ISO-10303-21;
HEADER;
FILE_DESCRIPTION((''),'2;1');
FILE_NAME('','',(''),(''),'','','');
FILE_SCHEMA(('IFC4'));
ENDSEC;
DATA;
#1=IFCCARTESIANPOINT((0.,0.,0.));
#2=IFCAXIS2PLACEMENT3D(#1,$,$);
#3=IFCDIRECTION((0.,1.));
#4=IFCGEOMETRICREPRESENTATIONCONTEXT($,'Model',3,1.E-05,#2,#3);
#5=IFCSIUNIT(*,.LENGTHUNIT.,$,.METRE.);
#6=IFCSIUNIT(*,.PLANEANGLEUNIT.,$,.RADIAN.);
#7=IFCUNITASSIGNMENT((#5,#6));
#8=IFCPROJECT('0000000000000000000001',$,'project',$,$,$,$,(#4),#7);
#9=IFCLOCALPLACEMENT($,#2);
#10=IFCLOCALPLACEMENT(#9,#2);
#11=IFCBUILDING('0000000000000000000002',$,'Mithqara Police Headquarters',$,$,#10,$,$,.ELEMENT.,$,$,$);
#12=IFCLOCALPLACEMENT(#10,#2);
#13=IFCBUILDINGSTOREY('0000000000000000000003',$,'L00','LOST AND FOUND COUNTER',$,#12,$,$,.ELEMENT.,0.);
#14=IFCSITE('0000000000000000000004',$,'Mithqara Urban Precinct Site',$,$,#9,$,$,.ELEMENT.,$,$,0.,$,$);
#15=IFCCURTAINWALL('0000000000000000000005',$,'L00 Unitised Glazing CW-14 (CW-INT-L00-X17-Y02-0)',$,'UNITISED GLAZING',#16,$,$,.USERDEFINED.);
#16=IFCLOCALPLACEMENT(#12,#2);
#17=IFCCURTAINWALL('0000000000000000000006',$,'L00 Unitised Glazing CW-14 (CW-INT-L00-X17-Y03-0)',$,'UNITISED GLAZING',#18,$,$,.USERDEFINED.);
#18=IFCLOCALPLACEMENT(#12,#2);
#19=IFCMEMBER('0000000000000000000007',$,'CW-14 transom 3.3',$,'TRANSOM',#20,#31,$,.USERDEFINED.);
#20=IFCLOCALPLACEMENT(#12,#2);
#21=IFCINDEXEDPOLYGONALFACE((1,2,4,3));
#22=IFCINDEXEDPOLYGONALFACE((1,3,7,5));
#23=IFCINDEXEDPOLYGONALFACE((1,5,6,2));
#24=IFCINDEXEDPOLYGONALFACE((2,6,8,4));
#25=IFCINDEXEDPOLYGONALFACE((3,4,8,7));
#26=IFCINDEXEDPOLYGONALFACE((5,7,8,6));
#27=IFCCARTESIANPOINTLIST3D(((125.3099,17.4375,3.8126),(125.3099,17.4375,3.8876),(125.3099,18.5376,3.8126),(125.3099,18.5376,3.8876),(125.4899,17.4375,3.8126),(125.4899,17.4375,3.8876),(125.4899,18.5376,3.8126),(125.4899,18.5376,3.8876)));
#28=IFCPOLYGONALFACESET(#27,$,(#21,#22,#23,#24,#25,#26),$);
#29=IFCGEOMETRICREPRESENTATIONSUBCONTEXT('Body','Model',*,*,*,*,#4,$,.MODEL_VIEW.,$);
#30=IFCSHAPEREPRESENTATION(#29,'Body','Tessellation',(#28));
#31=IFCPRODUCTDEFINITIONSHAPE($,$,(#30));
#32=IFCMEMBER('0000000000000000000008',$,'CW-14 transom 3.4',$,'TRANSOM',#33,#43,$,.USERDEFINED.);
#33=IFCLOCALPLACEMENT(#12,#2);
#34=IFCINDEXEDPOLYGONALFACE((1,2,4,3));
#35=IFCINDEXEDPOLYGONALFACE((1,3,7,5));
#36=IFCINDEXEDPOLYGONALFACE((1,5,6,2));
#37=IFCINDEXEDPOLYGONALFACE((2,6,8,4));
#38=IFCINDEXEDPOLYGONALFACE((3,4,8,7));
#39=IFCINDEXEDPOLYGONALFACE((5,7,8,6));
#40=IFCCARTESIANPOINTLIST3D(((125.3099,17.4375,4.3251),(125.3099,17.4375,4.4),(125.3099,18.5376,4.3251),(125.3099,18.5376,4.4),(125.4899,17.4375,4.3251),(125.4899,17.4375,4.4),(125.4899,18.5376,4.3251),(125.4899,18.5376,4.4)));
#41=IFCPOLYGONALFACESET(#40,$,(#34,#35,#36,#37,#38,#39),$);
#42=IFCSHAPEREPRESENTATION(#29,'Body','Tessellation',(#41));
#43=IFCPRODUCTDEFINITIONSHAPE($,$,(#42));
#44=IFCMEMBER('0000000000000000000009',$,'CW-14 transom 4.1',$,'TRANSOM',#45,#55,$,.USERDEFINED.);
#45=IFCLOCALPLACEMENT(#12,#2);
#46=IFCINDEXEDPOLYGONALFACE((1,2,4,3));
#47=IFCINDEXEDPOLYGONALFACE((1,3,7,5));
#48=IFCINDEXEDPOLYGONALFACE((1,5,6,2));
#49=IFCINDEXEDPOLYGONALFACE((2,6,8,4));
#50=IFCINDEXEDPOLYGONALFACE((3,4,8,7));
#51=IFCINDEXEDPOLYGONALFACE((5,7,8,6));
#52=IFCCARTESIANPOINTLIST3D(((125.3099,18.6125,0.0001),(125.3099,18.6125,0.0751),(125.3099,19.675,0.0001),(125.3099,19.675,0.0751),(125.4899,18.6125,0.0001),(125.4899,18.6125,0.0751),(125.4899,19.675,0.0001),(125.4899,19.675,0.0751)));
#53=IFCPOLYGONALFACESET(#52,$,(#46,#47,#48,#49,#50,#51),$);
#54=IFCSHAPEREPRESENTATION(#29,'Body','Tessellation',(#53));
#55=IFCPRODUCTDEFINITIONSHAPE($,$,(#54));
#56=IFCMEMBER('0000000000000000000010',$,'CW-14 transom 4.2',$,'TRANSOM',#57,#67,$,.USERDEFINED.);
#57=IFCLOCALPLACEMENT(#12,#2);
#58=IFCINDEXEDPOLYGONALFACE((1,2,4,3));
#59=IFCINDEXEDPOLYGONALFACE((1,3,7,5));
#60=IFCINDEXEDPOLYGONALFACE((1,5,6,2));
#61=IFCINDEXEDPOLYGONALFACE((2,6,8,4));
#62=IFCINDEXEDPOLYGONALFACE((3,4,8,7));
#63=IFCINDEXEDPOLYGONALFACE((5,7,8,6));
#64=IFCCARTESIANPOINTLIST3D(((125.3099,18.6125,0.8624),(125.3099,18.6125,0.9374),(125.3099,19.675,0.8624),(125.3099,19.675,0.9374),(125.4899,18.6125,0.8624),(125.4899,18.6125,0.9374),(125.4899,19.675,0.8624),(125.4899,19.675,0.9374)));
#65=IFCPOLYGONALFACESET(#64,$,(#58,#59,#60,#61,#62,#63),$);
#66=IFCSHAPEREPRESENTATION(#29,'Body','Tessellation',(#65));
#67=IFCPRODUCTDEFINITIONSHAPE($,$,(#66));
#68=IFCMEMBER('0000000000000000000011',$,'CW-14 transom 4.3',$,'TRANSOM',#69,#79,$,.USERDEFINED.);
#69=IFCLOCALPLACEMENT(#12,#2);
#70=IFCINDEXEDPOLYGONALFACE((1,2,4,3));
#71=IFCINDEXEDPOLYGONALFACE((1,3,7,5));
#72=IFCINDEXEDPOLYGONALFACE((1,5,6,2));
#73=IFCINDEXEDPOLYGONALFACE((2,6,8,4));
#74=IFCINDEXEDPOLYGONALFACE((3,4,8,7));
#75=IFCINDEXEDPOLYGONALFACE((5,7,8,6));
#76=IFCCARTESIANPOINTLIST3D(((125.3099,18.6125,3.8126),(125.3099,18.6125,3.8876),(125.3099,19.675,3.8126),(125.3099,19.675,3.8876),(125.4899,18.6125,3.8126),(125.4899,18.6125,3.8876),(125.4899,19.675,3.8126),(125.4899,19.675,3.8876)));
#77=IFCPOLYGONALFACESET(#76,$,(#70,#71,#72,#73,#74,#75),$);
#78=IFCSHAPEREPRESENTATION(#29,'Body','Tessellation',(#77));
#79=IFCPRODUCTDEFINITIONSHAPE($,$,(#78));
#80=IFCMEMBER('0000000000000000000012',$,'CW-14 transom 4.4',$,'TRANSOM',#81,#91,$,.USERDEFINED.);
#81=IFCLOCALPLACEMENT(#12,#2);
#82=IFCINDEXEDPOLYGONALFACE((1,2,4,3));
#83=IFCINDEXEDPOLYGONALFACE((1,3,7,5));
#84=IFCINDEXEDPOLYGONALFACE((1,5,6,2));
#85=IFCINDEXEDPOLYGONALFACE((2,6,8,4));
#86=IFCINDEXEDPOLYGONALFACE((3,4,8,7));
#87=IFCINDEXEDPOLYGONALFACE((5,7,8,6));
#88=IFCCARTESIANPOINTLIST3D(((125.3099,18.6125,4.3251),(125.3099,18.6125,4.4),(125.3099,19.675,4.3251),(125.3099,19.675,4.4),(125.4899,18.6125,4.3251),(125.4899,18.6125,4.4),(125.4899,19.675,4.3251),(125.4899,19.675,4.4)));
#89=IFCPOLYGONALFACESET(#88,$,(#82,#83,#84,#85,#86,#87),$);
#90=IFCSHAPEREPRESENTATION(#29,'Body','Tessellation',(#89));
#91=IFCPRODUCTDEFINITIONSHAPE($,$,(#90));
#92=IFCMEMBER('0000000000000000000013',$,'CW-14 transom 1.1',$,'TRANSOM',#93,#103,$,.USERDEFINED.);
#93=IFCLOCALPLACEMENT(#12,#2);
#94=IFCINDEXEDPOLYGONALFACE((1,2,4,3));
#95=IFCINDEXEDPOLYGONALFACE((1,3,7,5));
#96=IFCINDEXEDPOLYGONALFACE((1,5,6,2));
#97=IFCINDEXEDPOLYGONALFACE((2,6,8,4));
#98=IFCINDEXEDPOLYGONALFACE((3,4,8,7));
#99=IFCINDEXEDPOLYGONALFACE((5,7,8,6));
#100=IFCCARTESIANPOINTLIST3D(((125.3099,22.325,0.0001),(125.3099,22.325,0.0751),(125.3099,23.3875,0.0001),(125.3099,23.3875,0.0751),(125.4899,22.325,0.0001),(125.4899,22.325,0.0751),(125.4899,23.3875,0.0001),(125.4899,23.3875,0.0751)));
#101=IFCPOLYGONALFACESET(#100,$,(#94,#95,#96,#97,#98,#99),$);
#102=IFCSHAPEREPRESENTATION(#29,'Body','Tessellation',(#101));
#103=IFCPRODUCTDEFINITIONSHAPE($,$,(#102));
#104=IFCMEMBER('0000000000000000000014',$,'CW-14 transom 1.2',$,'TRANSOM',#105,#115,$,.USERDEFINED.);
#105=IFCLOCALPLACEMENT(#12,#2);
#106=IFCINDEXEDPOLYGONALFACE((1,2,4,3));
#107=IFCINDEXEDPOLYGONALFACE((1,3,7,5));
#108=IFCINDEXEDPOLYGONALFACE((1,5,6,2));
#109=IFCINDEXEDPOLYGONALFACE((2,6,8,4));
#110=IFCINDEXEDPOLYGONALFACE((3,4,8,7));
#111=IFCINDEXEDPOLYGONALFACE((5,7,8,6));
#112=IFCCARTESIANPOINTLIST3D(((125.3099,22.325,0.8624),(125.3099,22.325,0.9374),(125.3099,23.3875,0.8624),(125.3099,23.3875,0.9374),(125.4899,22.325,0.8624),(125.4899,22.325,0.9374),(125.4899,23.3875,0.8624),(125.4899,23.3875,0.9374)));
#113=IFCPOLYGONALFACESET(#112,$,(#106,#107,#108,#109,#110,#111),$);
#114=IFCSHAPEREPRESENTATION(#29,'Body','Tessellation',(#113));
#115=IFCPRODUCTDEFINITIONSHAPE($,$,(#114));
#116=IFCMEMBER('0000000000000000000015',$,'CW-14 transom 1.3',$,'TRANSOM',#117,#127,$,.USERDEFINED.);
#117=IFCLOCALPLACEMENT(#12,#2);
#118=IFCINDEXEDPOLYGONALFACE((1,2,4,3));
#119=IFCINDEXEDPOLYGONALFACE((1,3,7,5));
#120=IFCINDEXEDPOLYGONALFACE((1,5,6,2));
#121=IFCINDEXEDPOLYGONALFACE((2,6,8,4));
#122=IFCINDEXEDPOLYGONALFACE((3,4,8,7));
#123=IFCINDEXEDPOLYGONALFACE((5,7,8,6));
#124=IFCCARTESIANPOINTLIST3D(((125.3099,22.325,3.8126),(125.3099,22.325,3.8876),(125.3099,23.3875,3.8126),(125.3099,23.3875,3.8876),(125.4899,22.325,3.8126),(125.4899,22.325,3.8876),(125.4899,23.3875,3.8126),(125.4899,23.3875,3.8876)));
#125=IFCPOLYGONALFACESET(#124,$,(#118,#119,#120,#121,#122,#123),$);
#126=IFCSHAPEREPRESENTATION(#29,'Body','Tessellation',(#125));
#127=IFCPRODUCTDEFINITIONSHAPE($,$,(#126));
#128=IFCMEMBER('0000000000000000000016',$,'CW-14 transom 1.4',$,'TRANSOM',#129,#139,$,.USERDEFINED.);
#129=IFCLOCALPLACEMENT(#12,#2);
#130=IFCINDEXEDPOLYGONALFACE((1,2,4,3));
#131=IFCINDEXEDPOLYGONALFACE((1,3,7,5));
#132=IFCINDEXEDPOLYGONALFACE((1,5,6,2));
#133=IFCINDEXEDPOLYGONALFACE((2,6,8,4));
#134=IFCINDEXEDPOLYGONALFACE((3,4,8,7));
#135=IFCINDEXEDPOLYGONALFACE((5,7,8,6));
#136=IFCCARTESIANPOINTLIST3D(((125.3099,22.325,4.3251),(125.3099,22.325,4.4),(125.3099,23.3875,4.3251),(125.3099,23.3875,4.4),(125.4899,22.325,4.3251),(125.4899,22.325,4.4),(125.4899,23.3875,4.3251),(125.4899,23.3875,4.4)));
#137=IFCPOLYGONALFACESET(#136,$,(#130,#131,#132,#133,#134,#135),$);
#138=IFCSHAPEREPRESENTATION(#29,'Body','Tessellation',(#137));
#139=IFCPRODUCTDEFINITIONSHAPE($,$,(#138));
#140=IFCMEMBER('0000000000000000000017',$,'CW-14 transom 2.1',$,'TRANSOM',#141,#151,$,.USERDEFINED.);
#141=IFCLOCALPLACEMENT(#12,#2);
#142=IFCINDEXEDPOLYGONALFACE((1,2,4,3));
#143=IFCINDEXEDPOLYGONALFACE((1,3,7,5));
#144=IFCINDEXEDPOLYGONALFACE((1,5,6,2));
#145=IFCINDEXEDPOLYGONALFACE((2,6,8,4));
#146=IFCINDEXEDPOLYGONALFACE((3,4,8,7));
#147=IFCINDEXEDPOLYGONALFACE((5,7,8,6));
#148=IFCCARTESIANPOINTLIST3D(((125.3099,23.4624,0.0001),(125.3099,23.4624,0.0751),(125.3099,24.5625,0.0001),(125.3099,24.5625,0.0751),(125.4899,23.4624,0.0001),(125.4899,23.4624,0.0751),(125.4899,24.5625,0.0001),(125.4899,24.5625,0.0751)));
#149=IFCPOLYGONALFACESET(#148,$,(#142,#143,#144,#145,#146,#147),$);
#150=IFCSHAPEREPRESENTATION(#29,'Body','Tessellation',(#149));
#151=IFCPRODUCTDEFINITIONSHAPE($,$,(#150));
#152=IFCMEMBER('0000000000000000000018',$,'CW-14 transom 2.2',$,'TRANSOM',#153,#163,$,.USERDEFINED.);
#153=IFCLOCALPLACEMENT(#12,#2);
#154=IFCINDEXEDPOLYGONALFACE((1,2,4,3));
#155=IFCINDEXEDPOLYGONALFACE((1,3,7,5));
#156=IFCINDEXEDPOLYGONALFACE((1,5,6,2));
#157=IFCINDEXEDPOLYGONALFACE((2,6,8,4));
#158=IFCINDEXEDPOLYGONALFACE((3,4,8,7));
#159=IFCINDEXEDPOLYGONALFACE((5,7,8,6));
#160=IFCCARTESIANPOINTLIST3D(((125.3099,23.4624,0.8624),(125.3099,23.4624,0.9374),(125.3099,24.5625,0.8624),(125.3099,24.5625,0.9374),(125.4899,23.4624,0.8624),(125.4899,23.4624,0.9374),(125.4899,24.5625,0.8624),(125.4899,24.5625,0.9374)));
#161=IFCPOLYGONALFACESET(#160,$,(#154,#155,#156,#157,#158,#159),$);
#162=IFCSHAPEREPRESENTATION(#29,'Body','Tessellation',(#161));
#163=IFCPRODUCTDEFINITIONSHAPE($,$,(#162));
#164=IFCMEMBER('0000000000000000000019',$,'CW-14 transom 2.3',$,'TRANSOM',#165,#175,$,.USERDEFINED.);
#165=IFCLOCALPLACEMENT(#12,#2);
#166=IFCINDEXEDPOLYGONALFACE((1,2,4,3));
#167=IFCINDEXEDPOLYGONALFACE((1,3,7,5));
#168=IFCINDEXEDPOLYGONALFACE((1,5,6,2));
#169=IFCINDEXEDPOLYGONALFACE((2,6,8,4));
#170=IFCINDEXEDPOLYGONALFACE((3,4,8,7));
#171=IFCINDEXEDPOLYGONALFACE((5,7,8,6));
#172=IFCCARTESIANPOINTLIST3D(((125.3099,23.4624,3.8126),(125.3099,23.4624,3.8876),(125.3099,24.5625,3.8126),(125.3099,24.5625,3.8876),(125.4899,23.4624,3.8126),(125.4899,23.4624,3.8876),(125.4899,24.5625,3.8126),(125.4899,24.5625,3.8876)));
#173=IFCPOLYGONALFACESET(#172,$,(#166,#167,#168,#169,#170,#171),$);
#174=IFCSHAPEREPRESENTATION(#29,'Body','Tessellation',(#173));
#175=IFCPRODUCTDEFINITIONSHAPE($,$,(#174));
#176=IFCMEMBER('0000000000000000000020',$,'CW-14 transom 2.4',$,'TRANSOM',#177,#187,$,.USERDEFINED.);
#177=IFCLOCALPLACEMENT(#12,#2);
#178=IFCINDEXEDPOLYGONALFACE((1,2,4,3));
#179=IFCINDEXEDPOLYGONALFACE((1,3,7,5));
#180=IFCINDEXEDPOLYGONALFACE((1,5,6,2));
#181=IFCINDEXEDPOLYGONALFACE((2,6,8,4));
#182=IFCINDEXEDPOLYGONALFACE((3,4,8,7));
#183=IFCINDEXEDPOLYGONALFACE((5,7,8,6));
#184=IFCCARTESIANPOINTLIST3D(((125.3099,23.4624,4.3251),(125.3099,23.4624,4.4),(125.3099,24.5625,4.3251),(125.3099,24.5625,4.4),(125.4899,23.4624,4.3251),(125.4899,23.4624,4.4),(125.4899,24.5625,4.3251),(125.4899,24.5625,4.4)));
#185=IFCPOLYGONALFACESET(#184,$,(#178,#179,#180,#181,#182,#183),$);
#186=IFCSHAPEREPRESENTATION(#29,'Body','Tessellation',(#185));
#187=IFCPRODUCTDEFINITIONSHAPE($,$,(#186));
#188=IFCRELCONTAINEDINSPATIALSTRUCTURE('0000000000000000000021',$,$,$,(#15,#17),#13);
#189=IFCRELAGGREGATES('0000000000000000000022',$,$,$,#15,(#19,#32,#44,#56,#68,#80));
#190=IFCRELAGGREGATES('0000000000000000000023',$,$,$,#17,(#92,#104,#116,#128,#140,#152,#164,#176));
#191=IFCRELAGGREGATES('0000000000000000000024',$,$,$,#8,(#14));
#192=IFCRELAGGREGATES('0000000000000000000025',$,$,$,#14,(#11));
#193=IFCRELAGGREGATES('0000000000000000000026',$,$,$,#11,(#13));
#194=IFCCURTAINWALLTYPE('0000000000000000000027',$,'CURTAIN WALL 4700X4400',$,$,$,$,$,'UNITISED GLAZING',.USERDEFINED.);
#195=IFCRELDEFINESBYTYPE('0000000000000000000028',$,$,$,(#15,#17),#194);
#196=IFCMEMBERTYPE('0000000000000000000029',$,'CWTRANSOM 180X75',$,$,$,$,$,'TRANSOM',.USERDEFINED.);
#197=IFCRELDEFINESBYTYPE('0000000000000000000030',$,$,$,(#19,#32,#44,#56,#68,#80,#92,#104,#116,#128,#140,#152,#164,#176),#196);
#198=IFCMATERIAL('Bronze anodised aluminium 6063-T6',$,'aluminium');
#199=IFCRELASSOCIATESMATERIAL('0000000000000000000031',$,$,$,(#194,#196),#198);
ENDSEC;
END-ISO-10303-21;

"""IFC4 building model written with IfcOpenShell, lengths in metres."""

from ifc_helpers import new_model, si_unit, direction, frame, origin, origin_2d, place, context, subcontext, project, spatial, rectangle, extrude, material, material_profile, profile_set, type_object, element, aggregate, save


model = new_model("IFC4")

# Units and contexts
model_context = context("Model", 3, precision=1e-05, world=origin(), true_north=direction((0.0, 1.0)))
body_context = subcontext(model_context, "Body", "Model", "MODEL_VIEW")
ifc_project = project(units=[si_unit("LENGTHUNIT", "METRE"), si_unit("PLANEANGLEUNIT", "RADIAN")], contexts=[model_context])

# Site, building, storey
site_placement = place(None, origin())
site = spatial("IfcSite", under=ifc_project, at=site_placement, Name="Mithqara Urban Precinct Site", CompositionType="ELEMENT", RefElevation=0.0)
building_placement = place(site_placement, origin())
building = spatial("IfcBuilding", under=site, at=building_placement, Name="Mithqara Police Headquarters", CompositionType="ELEMENT")
storey_placement = place(building_placement, origin())
storey = spatial("IfcBuildingStorey", under=building, at=storey_placement, Name="L00", Description="LOST AND FOUND COUNTER", CompositionType="ELEMENT", Elevation=0.0)

# Curtain walls
ifc_material_1 = material(Name="Bronze anodised aluminium 6063-T6", Category="aluminium")
curtain_wall_type = type_object("IfcCurtainWallType", Name="CURTAIN WALL 4700X4400", ElementType="UNITISED GLAZING", PredefinedType="USERDEFINED", material=ifc_material_1)
curtain_wall_1_placement = place(storey_placement, origin())
curtain_wall_1 = element("IfcCurtainWall", 1, at=curtain_wall_1_placement, inside=storey, type_object=curtain_wall_type, Name="L00 Unitised Glazing CW-14 (CW-INT-L00-X17-Y02-0)", ObjectType="UNITISED GLAZING", PredefinedType="USERDEFINED")
curtain_wall_2_placement = place(storey_placement, origin())
curtain_wall_2 = element("IfcCurtainWall", 2, at=curtain_wall_2_placement, inside=storey, type_object=curtain_wall_type, Name="L00 Unitised Glazing CW-14 (CW-INT-L00-X17-Y03-0)", ObjectType="UNITISED GLAZING", PredefinedType="USERDEFINED")

# Members
ifc_material_profile_1 = material_profile(ifc_material_1, rectangle(XDim=0.1799, YDim=0.075, at=origin_2d()), Name="CWT 180x75")
ifc_profile_set_1 = profile_set([ifc_material_profile_1], Name="Bronze anodised aluminium 6063-T6")
member_type_1 = type_object("IfcMemberType", Name="CWTRANSOM 180X75", ElementType="TRANSOM", PredefinedType="USERDEFINED", material=ifc_profile_set_1)
member_1_placement = place(storey_placement, frame((125.3999, 17.4375, 3.8501), z_axis=(0.0, 1.0, 0.0), x_axis=(-1.0, 0.0, 0.0)))
member_1 = element("IfcMember", 3, at=member_1_placement, type_object=member_type_1, Name="CW-14 transom 3.3", ObjectType="TRANSOM", PredefinedType="USERDEFINED", context=body_context, shape_type="SweptSolid", body=[
    extrude(rectangle(XDim=0.1799, YDim=0.075, at=origin_2d()), origin(), (0.0, 0.0, 1.0), 1.1001),
])
member_2_placement = place(storey_placement, frame((125.3999, 17.4375, 4.3625), z_axis=(0.0, 1.0, 0.0), x_axis=(-1.0, 0.0, 0.0)))
member_2 = element("IfcMember", 4, at=member_2_placement, type_object=member_type_1, Name="CW-14 transom 3.4", ObjectType="TRANSOM", PredefinedType="USERDEFINED", context=body_context, shape_type="SweptSolid", body=[
    extrude(rectangle(XDim=0.1799, YDim=0.075, at=origin_2d()), origin(), (0.0, 0.0, 1.0), 1.1001),
])
member_3_placement = place(storey_placement, frame((125.3999, 18.6125, 0.0376), z_axis=(0.0, 1.0, 0.0), x_axis=(-1.0, 0.0, 0.0)))
member_3 = element("IfcMember", 5, at=member_3_placement, type_object=member_type_1, Name="CW-14 transom 4.1", ObjectType="TRANSOM", PredefinedType="USERDEFINED", context=body_context, shape_type="SweptSolid", body=[
    extrude(rectangle(XDim=0.1799, YDim=0.075, at=origin_2d()), origin(), (0.0, 0.0, 1.0), 1.0625),
])
member_4_placement = place(storey_placement, frame((125.3999, 18.6125, 0.8999), z_axis=(0.0, 1.0, 0.0), x_axis=(-1.0, 0.0, 0.0)))
member_4 = element("IfcMember", 6, at=member_4_placement, type_object=member_type_1, Name="CW-14 transom 4.2", ObjectType="TRANSOM", PredefinedType="USERDEFINED", context=body_context, shape_type="SweptSolid", body=[
    extrude(rectangle(XDim=0.1799, YDim=0.075, at=origin_2d()), origin(), (0.0, 0.0, 1.0), 1.0625),
])
member_5_placement = place(storey_placement, frame((125.3999, 18.6125, 3.8501), z_axis=(0.0, 1.0, 0.0), x_axis=(-1.0, 0.0, 0.0)))
member_5 = element("IfcMember", 7, at=member_5_placement, type_object=member_type_1, Name="CW-14 transom 4.3", ObjectType="TRANSOM", PredefinedType="USERDEFINED", context=body_context, shape_type="SweptSolid", body=[
    extrude(rectangle(XDim=0.1799, YDim=0.075, at=origin_2d()), origin(), (0.0, 0.0, 1.0), 1.0625),
])
member_6_placement = place(storey_placement, frame((125.3999, 18.6125, 4.3625), z_axis=(0.0, 1.0, 0.0), x_axis=(-1.0, 0.0, 0.0)))
member_6 = element("IfcMember", 8, at=member_6_placement, type_object=member_type_1, Name="CW-14 transom 4.4", ObjectType="TRANSOM", PredefinedType="USERDEFINED", context=body_context, shape_type="SweptSolid", body=[
    extrude(rectangle(XDim=0.1799, YDim=0.075, at=origin_2d()), origin(), (0.0, 0.0, 1.0), 1.0625),
])
member_7_placement = place(storey_placement, frame((125.3999, 22.325, 0.0376), z_axis=(0.0, 1.0, 0.0), x_axis=(-1.0, 0.0, 0.0)))
member_7 = element("IfcMember", 9, at=member_7_placement, type_object=member_type_1, Name="CW-14 transom 1.1", ObjectType="TRANSOM", PredefinedType="USERDEFINED", context=body_context, shape_type="SweptSolid", body=[
    extrude(rectangle(XDim=0.1799, YDim=0.075, at=origin_2d()), origin(), (0.0, 0.0, 1.0), 1.0625),
])
member_8_placement = place(storey_placement, frame((125.3999, 22.325, 0.8999), z_axis=(0.0, 1.0, 0.0), x_axis=(-1.0, 0.0, 0.0)))
member_8 = element("IfcMember", 10, at=member_8_placement, type_object=member_type_1, Name="CW-14 transom 1.2", ObjectType="TRANSOM", PredefinedType="USERDEFINED", context=body_context, shape_type="SweptSolid", body=[
    extrude(rectangle(XDim=0.1799, YDim=0.075, at=origin_2d()), origin(), (0.0, 0.0, 1.0), 1.0625),
])
member_9_placement = place(storey_placement, frame((125.3999, 22.325, 3.8501), z_axis=(0.0, 1.0, 0.0), x_axis=(-1.0, 0.0, 0.0)))
member_9 = element("IfcMember", 11, at=member_9_placement, type_object=member_type_1, Name="CW-14 transom 1.3", ObjectType="TRANSOM", PredefinedType="USERDEFINED", context=body_context, shape_type="SweptSolid", body=[
    extrude(rectangle(XDim=0.1799, YDim=0.075, at=origin_2d()), origin(), (0.0, 0.0, 1.0), 1.0625),
])
member_10_placement = place(storey_placement, frame((125.3999, 22.325, 4.3625), z_axis=(0.0, 1.0, 0.0), x_axis=(-1.0, 0.0, 0.0)))
member_10 = element("IfcMember", 12, at=member_10_placement, type_object=member_type_1, Name="CW-14 transom 1.4", ObjectType="TRANSOM", PredefinedType="USERDEFINED", context=body_context, shape_type="SweptSolid", body=[
    extrude(rectangle(XDim=0.1799, YDim=0.075, at=origin_2d()), origin(), (0.0, 0.0, 1.0), 1.0625),
])
member_11_placement = place(storey_placement, frame((125.3999, 23.4624, 0.0376), z_axis=(0.0, 1.0, 0.0), x_axis=(-1.0, 0.0, 0.0)))
member_11 = element("IfcMember", 13, at=member_11_placement, type_object=member_type_1, Name="CW-14 transom 2.1", ObjectType="TRANSOM", PredefinedType="USERDEFINED", context=body_context, shape_type="SweptSolid", body=[
    extrude(rectangle(XDim=0.1799, YDim=0.075, at=origin_2d()), origin(), (0.0, 0.0, 1.0), 1.1001),
])
member_12_placement = place(storey_placement, frame((125.3999, 23.4624, 0.8999), z_axis=(0.0, 1.0, 0.0), x_axis=(-1.0, 0.0, 0.0)))
member_12 = element("IfcMember", 14, at=member_12_placement, type_object=member_type_1, Name="CW-14 transom 2.2", ObjectType="TRANSOM", PredefinedType="USERDEFINED", context=body_context, shape_type="SweptSolid", body=[
    extrude(rectangle(XDim=0.1799, YDim=0.075, at=origin_2d()), origin(), (0.0, 0.0, 1.0), 1.1001),
])
member_13_placement = place(storey_placement, frame((125.3999, 23.4624, 3.8501), z_axis=(0.0, 1.0, 0.0), x_axis=(-1.0, 0.0, 0.0)))
member_13 = element("IfcMember", 15, at=member_13_placement, type_object=member_type_1, Name="CW-14 transom 2.3", ObjectType="TRANSOM", PredefinedType="USERDEFINED", context=body_context, shape_type="SweptSolid", body=[
    extrude(rectangle(XDim=0.1799, YDim=0.075, at=origin_2d()), origin(), (0.0, 0.0, 1.0), 1.1001),
])
member_14_placement = place(storey_placement, frame((125.3999, 23.4624, 4.3625), z_axis=(0.0, 1.0, 0.0), x_axis=(-1.0, 0.0, 0.0)))
member_14 = element("IfcMember", 16, at=member_14_placement, type_object=member_type_1, Name="CW-14 transom 2.4", ObjectType="TRANSOM", PredefinedType="USERDEFINED", context=body_context, shape_type="SweptSolid", body=[
    extrude(rectangle(XDim=0.1799, YDim=0.075, at=origin_2d()), origin(), (0.0, 0.0, 1.0), 1.1001),
])

aggregate(curtain_wall_1, [member_1, member_2, member_3, member_4, member_5, member_6])
aggregate(curtain_wall_2, [member_7, member_8, member_9, member_10, member_11, member_12, member_13, member_14])

save(model, "model.ifc")
